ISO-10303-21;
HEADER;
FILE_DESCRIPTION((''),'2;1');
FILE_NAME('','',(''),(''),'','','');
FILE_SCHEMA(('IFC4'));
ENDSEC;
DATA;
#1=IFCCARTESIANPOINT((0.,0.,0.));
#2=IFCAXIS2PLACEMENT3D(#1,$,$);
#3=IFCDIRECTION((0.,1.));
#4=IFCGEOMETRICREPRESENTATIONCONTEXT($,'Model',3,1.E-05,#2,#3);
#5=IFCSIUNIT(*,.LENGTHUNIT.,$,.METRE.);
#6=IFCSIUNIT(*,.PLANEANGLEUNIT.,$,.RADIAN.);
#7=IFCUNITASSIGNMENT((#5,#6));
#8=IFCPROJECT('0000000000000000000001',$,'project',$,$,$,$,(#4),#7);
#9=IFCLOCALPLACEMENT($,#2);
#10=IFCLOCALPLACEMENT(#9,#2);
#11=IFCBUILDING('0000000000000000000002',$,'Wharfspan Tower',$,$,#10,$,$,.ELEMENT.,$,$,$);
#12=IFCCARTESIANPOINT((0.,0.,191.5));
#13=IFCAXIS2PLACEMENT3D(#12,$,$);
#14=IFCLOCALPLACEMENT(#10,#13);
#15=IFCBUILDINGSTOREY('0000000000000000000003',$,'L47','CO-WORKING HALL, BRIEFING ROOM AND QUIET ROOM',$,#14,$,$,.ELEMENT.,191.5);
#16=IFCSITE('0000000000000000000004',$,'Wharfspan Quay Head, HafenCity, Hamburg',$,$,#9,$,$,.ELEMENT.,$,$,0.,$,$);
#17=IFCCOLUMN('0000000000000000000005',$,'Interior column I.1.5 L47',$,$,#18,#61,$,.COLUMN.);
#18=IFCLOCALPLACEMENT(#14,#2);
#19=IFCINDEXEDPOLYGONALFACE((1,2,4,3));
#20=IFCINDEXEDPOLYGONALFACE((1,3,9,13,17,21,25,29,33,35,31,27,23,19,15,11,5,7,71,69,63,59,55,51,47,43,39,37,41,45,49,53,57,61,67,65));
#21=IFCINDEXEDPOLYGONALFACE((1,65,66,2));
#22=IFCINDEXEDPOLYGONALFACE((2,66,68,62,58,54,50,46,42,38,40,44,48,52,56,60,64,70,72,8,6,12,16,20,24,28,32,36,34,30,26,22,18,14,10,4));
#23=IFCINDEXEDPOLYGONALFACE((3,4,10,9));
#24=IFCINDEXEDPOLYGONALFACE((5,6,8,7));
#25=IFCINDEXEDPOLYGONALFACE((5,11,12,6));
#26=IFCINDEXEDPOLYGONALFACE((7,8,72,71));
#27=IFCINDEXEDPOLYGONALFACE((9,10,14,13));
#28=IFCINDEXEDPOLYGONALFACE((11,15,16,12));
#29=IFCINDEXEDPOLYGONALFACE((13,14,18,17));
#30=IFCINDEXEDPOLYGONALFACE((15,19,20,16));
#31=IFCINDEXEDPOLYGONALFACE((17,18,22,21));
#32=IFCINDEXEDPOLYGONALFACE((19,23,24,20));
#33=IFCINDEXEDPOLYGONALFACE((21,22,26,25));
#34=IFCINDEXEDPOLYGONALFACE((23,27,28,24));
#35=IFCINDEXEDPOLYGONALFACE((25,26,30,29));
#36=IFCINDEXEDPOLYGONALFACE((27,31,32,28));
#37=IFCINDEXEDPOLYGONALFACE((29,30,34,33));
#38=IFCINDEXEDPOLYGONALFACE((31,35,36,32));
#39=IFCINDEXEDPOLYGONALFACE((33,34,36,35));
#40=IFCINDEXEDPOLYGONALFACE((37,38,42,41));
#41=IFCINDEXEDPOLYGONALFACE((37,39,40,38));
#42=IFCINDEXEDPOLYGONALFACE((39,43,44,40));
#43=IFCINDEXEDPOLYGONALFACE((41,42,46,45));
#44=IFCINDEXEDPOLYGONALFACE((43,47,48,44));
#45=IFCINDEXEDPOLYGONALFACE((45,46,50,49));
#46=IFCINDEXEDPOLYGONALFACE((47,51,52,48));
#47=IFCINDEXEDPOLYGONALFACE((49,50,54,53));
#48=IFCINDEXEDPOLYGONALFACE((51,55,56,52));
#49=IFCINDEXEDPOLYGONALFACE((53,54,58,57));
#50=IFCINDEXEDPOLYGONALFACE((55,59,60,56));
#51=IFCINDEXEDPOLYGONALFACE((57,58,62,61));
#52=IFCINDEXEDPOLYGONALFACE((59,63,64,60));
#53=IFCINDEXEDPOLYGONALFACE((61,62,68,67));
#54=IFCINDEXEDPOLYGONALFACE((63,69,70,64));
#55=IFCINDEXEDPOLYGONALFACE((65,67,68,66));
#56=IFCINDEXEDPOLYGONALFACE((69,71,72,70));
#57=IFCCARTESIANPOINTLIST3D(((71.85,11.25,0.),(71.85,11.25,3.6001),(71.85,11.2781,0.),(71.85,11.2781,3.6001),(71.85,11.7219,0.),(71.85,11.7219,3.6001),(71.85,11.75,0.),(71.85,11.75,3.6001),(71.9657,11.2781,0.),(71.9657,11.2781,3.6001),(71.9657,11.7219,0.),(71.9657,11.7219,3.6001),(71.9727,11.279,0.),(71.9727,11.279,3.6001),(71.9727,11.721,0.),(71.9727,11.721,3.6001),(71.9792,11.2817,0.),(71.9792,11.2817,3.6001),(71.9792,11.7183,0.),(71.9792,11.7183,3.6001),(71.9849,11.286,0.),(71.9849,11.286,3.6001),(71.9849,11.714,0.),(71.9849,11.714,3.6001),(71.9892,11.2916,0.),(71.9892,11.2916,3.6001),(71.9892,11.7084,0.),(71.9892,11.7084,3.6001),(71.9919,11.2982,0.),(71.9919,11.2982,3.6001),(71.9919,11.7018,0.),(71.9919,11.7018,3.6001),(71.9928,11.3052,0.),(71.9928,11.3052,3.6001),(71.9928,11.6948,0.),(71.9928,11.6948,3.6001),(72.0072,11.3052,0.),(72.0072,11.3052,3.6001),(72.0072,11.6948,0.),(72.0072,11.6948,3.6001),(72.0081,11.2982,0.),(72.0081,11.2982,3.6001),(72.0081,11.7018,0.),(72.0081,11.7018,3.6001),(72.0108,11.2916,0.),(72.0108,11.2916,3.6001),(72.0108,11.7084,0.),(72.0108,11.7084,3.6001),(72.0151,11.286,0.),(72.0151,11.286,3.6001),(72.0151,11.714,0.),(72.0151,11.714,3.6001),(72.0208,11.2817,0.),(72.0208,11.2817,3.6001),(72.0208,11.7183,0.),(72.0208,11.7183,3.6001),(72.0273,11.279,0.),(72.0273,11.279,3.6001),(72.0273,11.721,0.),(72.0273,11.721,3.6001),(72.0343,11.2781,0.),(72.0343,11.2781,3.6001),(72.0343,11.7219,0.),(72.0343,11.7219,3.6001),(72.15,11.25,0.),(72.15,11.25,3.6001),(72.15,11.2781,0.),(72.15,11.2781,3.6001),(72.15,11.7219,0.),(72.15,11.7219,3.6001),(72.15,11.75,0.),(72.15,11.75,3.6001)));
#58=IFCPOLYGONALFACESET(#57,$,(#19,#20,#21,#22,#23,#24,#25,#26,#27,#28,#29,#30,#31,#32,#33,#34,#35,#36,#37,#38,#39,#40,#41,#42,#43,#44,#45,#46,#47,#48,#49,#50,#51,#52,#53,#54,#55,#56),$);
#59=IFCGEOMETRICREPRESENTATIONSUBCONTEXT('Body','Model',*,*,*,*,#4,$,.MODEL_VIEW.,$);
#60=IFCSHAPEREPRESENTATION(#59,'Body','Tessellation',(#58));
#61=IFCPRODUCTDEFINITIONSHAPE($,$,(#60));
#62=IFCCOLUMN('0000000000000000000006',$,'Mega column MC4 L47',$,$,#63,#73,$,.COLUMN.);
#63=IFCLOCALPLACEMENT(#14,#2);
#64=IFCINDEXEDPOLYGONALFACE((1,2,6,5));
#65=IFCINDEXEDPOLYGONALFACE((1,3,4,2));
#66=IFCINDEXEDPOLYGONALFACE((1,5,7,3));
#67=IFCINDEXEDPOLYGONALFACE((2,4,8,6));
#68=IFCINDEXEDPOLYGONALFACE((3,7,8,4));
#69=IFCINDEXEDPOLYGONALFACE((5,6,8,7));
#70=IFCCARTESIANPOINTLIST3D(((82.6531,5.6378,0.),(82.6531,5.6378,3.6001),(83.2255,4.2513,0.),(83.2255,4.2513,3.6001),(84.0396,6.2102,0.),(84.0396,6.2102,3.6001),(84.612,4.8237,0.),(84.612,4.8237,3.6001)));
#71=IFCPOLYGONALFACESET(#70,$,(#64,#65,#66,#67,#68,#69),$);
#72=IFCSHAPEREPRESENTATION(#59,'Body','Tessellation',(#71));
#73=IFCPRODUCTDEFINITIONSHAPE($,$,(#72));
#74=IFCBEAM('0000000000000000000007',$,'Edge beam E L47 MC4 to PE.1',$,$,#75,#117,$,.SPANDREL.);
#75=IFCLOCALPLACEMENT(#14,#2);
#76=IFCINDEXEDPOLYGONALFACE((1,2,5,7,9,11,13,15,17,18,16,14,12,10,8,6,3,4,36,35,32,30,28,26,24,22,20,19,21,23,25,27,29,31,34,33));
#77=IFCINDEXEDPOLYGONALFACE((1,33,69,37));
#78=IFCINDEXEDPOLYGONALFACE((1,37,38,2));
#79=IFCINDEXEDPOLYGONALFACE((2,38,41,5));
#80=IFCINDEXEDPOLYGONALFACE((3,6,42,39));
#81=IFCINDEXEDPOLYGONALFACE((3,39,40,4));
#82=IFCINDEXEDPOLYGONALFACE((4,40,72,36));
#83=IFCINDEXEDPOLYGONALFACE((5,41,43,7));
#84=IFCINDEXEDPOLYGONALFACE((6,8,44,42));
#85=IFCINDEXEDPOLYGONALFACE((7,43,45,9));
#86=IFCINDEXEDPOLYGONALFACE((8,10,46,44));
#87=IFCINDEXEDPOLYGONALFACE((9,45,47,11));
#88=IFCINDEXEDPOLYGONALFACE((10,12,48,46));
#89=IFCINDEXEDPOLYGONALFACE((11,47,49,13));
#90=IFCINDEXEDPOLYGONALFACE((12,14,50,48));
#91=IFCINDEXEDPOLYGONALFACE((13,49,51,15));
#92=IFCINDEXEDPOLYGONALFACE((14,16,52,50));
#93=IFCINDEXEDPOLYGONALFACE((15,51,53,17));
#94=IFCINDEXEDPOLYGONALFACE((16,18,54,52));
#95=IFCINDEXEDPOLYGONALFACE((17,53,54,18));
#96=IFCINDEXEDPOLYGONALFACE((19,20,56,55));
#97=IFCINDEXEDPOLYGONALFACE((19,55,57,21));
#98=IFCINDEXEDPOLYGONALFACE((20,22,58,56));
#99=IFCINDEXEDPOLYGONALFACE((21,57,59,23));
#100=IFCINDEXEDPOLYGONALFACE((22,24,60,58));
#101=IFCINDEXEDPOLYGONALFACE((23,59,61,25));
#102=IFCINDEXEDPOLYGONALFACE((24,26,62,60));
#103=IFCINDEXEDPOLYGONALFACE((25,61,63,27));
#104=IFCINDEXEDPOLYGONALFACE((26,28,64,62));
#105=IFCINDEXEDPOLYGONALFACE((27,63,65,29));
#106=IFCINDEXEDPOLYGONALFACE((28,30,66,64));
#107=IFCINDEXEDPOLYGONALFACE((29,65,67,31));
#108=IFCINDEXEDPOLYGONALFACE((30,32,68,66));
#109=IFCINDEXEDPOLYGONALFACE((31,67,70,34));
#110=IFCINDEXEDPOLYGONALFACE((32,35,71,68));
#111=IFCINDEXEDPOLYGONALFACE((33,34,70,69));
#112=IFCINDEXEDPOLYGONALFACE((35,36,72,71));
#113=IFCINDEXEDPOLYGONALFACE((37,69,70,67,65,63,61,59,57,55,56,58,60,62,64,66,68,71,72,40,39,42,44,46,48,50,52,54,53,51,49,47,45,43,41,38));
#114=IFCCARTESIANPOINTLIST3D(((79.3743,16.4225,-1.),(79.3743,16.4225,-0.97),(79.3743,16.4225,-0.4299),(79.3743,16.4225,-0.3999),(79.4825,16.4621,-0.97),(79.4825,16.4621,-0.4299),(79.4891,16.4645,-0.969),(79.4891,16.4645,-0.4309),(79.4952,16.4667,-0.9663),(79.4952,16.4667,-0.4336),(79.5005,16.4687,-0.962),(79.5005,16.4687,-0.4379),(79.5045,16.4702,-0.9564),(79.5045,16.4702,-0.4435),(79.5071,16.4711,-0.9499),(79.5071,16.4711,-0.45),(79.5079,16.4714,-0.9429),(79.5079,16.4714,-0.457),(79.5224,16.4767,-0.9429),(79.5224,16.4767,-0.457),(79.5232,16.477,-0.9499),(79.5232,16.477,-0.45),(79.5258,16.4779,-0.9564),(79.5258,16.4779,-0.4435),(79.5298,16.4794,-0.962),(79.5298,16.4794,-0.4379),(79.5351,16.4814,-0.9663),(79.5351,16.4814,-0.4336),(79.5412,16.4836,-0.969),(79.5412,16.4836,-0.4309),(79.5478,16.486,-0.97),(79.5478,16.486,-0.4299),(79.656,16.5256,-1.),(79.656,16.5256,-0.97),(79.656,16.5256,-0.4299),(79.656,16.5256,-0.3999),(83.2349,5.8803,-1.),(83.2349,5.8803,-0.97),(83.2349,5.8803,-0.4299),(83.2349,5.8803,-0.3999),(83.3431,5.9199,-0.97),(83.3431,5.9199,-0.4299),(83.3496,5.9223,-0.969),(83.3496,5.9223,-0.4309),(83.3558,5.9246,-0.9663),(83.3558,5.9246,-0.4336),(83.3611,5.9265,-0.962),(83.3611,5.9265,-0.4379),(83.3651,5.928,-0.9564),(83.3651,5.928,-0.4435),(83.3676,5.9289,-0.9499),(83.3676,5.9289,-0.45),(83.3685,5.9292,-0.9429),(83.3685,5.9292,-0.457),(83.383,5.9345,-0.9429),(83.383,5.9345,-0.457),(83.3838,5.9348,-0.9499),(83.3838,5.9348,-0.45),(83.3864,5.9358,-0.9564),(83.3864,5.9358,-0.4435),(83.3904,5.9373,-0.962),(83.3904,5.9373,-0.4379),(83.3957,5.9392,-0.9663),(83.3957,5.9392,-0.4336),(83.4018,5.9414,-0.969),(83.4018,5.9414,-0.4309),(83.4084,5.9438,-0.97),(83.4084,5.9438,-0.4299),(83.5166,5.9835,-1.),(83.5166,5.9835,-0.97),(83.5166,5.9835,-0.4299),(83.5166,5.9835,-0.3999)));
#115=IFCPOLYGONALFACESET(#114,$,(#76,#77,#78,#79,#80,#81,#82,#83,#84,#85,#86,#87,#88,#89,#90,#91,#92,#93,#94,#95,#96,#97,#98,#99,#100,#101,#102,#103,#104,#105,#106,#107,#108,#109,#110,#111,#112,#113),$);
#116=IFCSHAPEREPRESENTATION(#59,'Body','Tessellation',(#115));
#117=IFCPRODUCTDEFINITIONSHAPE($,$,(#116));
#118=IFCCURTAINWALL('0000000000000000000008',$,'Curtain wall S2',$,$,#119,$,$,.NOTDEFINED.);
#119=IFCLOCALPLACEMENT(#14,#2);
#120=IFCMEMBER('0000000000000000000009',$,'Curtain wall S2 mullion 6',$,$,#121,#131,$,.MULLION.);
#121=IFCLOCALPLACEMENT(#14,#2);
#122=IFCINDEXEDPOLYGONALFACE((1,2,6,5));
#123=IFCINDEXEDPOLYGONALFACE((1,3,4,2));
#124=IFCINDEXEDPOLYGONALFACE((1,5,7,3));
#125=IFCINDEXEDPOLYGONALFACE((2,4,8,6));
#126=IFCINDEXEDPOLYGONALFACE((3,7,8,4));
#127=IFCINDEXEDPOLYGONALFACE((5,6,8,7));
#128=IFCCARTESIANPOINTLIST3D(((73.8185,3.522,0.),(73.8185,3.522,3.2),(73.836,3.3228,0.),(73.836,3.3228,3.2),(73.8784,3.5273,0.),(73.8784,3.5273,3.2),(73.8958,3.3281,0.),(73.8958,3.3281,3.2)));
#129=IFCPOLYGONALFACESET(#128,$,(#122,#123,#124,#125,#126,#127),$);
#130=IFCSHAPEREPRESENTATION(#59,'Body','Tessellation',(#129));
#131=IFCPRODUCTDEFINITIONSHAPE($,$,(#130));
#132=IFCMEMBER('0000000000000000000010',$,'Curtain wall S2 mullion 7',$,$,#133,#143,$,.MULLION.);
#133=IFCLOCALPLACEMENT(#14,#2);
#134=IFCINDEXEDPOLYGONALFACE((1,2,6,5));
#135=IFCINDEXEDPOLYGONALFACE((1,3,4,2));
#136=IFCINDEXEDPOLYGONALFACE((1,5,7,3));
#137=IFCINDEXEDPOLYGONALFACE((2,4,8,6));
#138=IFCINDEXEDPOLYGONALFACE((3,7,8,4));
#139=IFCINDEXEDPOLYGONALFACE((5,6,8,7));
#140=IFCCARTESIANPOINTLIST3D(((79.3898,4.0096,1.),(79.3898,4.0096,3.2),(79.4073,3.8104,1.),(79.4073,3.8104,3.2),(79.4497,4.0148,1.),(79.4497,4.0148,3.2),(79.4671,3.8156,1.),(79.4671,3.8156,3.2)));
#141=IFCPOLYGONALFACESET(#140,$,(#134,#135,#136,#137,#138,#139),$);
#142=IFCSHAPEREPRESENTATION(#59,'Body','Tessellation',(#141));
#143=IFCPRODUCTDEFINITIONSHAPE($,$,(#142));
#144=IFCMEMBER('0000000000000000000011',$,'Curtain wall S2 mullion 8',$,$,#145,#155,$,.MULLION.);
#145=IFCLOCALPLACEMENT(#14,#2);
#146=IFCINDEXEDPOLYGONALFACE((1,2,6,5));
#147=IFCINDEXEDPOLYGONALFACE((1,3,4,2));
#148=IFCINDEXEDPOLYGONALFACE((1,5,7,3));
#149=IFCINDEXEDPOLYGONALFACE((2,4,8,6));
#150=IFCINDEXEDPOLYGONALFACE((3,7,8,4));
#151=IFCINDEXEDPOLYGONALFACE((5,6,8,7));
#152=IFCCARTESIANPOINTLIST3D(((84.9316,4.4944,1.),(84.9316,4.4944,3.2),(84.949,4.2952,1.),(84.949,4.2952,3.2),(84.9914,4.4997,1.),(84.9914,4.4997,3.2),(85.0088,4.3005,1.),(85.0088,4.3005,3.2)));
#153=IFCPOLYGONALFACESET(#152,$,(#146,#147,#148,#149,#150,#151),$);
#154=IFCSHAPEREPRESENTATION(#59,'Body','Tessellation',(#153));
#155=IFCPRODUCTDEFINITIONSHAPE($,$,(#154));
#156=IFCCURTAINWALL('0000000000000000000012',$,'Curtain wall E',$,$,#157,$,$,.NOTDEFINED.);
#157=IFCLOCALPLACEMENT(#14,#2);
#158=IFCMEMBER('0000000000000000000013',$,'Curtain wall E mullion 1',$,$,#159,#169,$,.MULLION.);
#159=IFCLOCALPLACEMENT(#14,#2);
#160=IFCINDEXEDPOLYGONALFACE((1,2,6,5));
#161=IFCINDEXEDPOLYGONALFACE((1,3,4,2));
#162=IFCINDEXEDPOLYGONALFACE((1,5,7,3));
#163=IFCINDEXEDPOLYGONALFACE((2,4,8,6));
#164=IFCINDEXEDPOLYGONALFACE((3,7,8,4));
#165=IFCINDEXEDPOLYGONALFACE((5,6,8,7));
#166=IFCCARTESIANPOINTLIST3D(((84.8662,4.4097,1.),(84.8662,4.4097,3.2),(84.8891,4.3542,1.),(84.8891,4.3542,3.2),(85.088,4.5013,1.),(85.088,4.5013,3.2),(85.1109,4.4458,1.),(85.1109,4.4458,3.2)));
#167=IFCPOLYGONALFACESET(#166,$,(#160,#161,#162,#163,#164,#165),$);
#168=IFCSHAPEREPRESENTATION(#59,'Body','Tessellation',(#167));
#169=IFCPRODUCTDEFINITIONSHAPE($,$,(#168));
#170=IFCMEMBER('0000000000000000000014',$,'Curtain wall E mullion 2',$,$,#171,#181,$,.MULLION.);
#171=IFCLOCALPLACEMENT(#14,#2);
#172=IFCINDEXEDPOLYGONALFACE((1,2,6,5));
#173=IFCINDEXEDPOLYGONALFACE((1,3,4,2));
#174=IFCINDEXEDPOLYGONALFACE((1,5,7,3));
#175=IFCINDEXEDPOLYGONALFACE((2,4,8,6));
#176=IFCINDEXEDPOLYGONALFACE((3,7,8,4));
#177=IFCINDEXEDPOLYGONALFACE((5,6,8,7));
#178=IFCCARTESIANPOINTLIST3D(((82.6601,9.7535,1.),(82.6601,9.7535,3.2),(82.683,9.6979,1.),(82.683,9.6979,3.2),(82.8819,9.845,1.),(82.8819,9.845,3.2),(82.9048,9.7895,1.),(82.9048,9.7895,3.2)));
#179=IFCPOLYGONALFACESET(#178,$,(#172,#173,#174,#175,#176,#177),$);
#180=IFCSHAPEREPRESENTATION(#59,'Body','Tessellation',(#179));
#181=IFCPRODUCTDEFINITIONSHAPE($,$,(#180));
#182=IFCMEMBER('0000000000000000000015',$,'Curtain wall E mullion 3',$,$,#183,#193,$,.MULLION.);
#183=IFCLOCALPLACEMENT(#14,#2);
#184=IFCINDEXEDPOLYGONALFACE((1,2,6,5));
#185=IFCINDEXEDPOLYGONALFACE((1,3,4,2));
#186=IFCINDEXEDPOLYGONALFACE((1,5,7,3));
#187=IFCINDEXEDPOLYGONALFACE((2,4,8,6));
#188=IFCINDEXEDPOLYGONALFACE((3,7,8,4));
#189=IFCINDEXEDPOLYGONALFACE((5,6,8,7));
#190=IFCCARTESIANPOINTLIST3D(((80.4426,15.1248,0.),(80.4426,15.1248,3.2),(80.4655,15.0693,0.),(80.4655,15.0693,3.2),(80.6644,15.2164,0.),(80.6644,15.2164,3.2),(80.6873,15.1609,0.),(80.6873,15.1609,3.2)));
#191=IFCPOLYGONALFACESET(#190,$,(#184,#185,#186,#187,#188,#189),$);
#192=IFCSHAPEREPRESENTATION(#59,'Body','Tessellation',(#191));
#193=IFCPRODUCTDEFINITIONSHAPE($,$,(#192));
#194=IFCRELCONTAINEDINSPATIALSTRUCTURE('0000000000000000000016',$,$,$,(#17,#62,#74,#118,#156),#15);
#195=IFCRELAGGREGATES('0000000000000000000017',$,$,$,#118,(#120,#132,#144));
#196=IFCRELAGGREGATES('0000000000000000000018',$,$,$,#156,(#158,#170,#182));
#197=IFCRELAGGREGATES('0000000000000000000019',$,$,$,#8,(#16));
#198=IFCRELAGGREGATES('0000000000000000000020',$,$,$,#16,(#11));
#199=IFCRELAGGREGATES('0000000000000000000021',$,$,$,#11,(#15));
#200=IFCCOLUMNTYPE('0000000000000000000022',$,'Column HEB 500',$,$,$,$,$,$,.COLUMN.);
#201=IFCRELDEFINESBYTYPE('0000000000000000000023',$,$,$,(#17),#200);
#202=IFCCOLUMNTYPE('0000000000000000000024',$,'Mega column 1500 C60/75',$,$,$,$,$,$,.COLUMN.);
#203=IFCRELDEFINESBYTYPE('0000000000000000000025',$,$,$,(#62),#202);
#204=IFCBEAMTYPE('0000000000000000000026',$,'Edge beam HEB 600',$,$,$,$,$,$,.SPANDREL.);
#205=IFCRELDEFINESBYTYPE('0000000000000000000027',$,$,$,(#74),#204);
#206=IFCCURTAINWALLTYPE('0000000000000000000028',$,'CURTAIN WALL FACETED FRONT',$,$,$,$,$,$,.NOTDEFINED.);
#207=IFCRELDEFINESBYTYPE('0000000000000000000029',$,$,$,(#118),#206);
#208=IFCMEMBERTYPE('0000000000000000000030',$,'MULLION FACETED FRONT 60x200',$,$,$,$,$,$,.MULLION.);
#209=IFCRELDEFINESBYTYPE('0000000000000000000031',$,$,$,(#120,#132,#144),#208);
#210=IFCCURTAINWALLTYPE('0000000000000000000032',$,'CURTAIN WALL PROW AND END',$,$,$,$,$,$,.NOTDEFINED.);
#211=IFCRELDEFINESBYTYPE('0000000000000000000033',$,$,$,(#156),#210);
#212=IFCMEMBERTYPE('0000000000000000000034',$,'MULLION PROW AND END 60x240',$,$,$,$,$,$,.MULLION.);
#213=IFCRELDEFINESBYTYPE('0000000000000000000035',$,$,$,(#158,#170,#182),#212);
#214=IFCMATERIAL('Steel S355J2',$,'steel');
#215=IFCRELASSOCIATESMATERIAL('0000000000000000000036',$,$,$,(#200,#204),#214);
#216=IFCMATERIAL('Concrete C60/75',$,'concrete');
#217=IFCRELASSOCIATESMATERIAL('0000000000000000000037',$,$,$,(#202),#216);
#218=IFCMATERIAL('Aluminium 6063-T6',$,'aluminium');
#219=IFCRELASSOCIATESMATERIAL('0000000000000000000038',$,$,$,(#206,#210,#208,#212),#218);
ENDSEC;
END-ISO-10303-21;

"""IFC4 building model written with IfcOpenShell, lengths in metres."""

from ifc_helpers import new_model, si_unit, direction, frame, origin, origin_2d, place, context, subcontext, project, spatial, rectangle, i_section, extrude, material, material_profile, profile_set, type_object, element, aggregate, save


model = new_model("IFC4")

# Units and contexts
model_context = context("Model", 3, precision=1e-05, world=origin(), true_north=direction((0.0, 1.0)))
body_context = subcontext(model_context, "Body", "Model", "MODEL_VIEW")
ifc_project = project(units=[si_unit("LENGTHUNIT", "METRE"), si_unit("PLANEANGLEUNIT", "RADIAN")], contexts=[model_context])

# Site, building, storey
site_placement = place(None, origin())
site = spatial("IfcSite", under=ifc_project, at=site_placement, Name="Wharfspan Quay Head, HafenCity, Hamburg", CompositionType="ELEMENT", RefElevation=0.0)
building_placement = place(site_placement, origin())
building = spatial("IfcBuilding", under=site, at=building_placement, Name="Wharfspan Tower", CompositionType="ELEMENT")
storey_placement = place(building_placement, frame((0.0, 0.0, 191.5)))
storey = spatial("IfcBuildingStorey", under=building, at=storey_placement, Name="L47", Description="CO-WORKING HALL, BRIEFING ROOM AND QUIET ROOM", CompositionType="ELEMENT", Elevation=191.5)

# Columns
ifc_material_1 = material(Name="Steel S355J2", Category="steel")
ifc_material_profile_1 = material_profile(ifc_material_1, i_section(OverallWidth=0.3, OverallDepth=0.5, WebThickness=0.0144, FlangeThickness=0.0281, FilletRadius=0.0271, at=origin_2d()))
ifc_profile_set_1 = profile_set([ifc_material_profile_1], Name="Steel S355J2")
column_type_1 = type_object("IfcColumnType", Name="Column HEB 500", PredefinedType="COLUMN", material=ifc_profile_set_1)
column_1_placement = place(storey_placement, frame((72.0, 11.5, 0.0), z_axis=(0.0, 0.0, 1.0), x_axis=(1.0, 0.0, 0.0)))
element("IfcColumn", 1, at=column_1_placement, inside=storey, type_object=column_type_1, Name="Interior column I.1.5 L47", PredefinedType="COLUMN", context=body_context, shape_type="SweptSolid", body=[
    extrude(i_section(OverallWidth=0.3, OverallDepth=0.5, WebThickness=0.0144, FlangeThickness=0.0281, FilletRadius=0.0271, at=origin_2d()), origin(), (0.0, 0.0, 1.0), 3.6001),
])
ifc_material_2 = material(Name="Concrete C60/75", Category="concrete")
ifc_material_profile_2 = material_profile(ifc_material_2, rectangle(XDim=1.5, YDim=1.5, at=origin_2d()))
ifc_profile_set_2 = profile_set([ifc_material_profile_2], Name="Concrete C60/75")
column_type_2 = type_object("IfcColumnType", Name="Mega column 1500 C60/75", PredefinedType="COLUMN", material=ifc_profile_set_2)
column_2_placement = place(storey_placement, frame((83.6326, 5.2307, 0.0), z_axis=(0.0, 0.0, 1.0), x_axis=(-0.381602, 0.924325, 0.0)))
element("IfcColumn", 2, at=column_2_placement, inside=storey, type_object=column_type_2, Name="Mega column MC4 L47", PredefinedType="COLUMN", context=body_context, shape_type="SweptSolid", body=[
    extrude(rectangle(XDim=1.5, YDim=1.5, at=origin_2d()), origin(), (0.0, 0.0, 1.0), 3.6001),
])

# Beam
ifc_material_profile_3 = material_profile(ifc_material_1, i_section(OverallWidth=0.3, OverallDepth=0.6001, WebThickness=0.0154, FlangeThickness=0.03, FilletRadius=0.0271, at=origin_2d()))
ifc_profile_set_3 = profile_set([ifc_material_profile_3], Name="Steel S355J2")
beam_type = type_object("IfcBeamType", Name="Edge beam HEB 600", PredefinedType="SPANDREL", material=ifc_profile_set_3)
beam_placement = place(storey_placement, frame((83.3757, 5.9319, -0.7), z_axis=(-0.343871, 0.939017, 0.0), x_axis=(-0.939017, -0.343871, 0.0)))
element("IfcBeam", 3, at=beam_placement, inside=storey, type_object=beam_type, Name="Edge beam E L47 MC4 to PE.1", PredefinedType="SPANDREL", context=body_context, shape_type="SweptSolid", body=[
    extrude(i_section(OverallWidth=0.3, OverallDepth=0.6001, WebThickness=0.0154, FlangeThickness=0.03, FilletRadius=0.0271, at=origin_2d()), origin(), (0.0, 0.0, 1.0), 11.2268),
])

# Curtain walls, members
ifc_material_3 = material(Name="Aluminium 6063-T6", Category="aluminium")
curtain_wall_type_1 = type_object("IfcCurtainWallType", Name="CURTAIN WALL FACETED FRONT", PredefinedType="NOTDEFINED", material=ifc_material_3)
curtain_wall_1_placement = place(storey_placement, origin())
curtain_wall_1 = element("IfcCurtainWall", 4, at=curtain_wall_1_placement, inside=storey, type_object=curtain_wall_type_1, Name="Curtain wall S2", PredefinedType="NOTDEFINED")
ifc_material_profile_4 = material_profile(ifc_material_3, rectangle(XDim=0.2, YDim=0.0601, at=origin_2d()))
ifc_profile_set_4 = profile_set([ifc_material_profile_4], Name="Aluminium 6063-T6")
member_type_1 = type_object("IfcMemberType", Name="MULLION FACETED FRONT 60x200", PredefinedType="MULLION", material=ifc_profile_set_4)
member_1_placement = place(storey_placement, frame((73.8572, 3.425, 0.0), z_axis=(0.0, 0.0, 1.0), x_axis=(-0.087156, 0.996198, 0.0)))
member_1 = element("IfcMember", 5, at=member_1_placement, type_object=member_type_1, Name="Curtain wall S2 mullion 6", PredefinedType="MULLION", context=body_context, shape_type="SweptSolid", body=[
    extrude(rectangle(XDim=0.2, YDim=0.0601, at=origin_2d()), origin(), (0.0, 0.0, 1.0), 3.2),
])
member_2_placement = place(storey_placement, frame((79.4285, 3.9126, 1.0), z_axis=(0.0, 0.0, 1.0), x_axis=(-0.087156, 0.996198, 0.0)))
member_2 = element("IfcMember", 6, at=member_2_placement, type_object=member_type_1, Name="Curtain wall S2 mullion 7", PredefinedType="MULLION", context=body_context, shape_type="SweptSolid", body=[
    extrude(rectangle(XDim=0.2, YDim=0.0601, at=origin_2d()), origin(), (0.0, 0.0, 1.0), 2.2),
])
member_3_placement = place(storey_placement, frame((84.9702, 4.3975, 1.0), z_axis=(0.0, 0.0, 1.0), x_axis=(-0.087156, 0.996198, 0.0)))
member_3 = element("IfcMember", 7, at=member_3_placement, type_object=member_type_1, Name="Curtain wall S2 mullion 8", PredefinedType="MULLION", context=body_context, shape_type="SweptSolid", body=[
    extrude(rectangle(XDim=0.2, YDim=0.0601, at=origin_2d()), origin(), (0.0, 0.0, 1.0), 2.2),
])
curtain_wall_type_2 = type_object("IfcCurtainWallType", Name="CURTAIN WALL PROW AND END", PredefinedType="NOTDEFINED", material=ifc_material_3)
curtain_wall_2_placement = place(storey_placement, origin())
curtain_wall_2 = element("IfcCurtainWall", 8, at=curtain_wall_2_placement, inside=storey, type_object=curtain_wall_type_2, Name="Curtain wall E", PredefinedType="NOTDEFINED")
ifc_material_profile_5 = material_profile(ifc_material_3, rectangle(XDim=0.24, YDim=0.0601, at=origin_2d()))
ifc_profile_set_5 = profile_set([ifc_material_profile_5], Name="Aluminium 6063-T6")
member_type_2 = type_object("IfcMemberType", Name="MULLION PROW AND END 60x240", PredefinedType="MULLION", material=ifc_profile_set_5)
member_4_placement = place(storey_placement, frame((84.9885, 4.4277, 1.0), z_axis=(0.0, 0.0, 1.0), x_axis=(-0.924325, -0.381602, 0.0)))
member_4 = element("IfcMember", 9, at=member_4_placement, type_object=member_type_2, Name="Curtain wall E mullion 1", PredefinedType="MULLION", context=body_context, shape_type="SweptSolid", body=[
    extrude(rectangle(XDim=0.24, YDim=0.0601, at=origin_2d()), origin(), (0.0, 0.0, 1.0), 2.2),
])
member_5_placement = place(storey_placement, frame((82.7825, 9.7715, 1.0), z_axis=(0.0, 0.0, 1.0), x_axis=(-0.924325, -0.381602, 0.0)))
member_5 = element("IfcMember", 10, at=member_5_placement, type_object=member_type_2, Name="Curtain wall E mullion 2", PredefinedType="MULLION", context=body_context, shape_type="SweptSolid", body=[
    extrude(rectangle(XDim=0.24, YDim=0.0601, at=origin_2d()), origin(), (0.0, 0.0, 1.0), 2.2),
])
member_6_placement = place(storey_placement, frame((80.5649, 15.1428, 0.0), z_axis=(0.0, 0.0, 1.0), x_axis=(-0.924325, -0.381602, 0.0)))
member_6 = element("IfcMember", 11, at=member_6_placement, type_object=member_type_2, Name="Curtain wall E mullion 3", PredefinedType="MULLION", context=body_context, shape_type="SweptSolid", body=[
    extrude(rectangle(XDim=0.24, YDim=0.0601, at=origin_2d()), origin(), (0.0, 0.0, 1.0), 3.2),
])

aggregate(curtain_wall_1, [member_1, member_2, member_3])
aggregate(curtain_wall_2, [member_4, member_5, member_6])

save(model, "model.ifc")
